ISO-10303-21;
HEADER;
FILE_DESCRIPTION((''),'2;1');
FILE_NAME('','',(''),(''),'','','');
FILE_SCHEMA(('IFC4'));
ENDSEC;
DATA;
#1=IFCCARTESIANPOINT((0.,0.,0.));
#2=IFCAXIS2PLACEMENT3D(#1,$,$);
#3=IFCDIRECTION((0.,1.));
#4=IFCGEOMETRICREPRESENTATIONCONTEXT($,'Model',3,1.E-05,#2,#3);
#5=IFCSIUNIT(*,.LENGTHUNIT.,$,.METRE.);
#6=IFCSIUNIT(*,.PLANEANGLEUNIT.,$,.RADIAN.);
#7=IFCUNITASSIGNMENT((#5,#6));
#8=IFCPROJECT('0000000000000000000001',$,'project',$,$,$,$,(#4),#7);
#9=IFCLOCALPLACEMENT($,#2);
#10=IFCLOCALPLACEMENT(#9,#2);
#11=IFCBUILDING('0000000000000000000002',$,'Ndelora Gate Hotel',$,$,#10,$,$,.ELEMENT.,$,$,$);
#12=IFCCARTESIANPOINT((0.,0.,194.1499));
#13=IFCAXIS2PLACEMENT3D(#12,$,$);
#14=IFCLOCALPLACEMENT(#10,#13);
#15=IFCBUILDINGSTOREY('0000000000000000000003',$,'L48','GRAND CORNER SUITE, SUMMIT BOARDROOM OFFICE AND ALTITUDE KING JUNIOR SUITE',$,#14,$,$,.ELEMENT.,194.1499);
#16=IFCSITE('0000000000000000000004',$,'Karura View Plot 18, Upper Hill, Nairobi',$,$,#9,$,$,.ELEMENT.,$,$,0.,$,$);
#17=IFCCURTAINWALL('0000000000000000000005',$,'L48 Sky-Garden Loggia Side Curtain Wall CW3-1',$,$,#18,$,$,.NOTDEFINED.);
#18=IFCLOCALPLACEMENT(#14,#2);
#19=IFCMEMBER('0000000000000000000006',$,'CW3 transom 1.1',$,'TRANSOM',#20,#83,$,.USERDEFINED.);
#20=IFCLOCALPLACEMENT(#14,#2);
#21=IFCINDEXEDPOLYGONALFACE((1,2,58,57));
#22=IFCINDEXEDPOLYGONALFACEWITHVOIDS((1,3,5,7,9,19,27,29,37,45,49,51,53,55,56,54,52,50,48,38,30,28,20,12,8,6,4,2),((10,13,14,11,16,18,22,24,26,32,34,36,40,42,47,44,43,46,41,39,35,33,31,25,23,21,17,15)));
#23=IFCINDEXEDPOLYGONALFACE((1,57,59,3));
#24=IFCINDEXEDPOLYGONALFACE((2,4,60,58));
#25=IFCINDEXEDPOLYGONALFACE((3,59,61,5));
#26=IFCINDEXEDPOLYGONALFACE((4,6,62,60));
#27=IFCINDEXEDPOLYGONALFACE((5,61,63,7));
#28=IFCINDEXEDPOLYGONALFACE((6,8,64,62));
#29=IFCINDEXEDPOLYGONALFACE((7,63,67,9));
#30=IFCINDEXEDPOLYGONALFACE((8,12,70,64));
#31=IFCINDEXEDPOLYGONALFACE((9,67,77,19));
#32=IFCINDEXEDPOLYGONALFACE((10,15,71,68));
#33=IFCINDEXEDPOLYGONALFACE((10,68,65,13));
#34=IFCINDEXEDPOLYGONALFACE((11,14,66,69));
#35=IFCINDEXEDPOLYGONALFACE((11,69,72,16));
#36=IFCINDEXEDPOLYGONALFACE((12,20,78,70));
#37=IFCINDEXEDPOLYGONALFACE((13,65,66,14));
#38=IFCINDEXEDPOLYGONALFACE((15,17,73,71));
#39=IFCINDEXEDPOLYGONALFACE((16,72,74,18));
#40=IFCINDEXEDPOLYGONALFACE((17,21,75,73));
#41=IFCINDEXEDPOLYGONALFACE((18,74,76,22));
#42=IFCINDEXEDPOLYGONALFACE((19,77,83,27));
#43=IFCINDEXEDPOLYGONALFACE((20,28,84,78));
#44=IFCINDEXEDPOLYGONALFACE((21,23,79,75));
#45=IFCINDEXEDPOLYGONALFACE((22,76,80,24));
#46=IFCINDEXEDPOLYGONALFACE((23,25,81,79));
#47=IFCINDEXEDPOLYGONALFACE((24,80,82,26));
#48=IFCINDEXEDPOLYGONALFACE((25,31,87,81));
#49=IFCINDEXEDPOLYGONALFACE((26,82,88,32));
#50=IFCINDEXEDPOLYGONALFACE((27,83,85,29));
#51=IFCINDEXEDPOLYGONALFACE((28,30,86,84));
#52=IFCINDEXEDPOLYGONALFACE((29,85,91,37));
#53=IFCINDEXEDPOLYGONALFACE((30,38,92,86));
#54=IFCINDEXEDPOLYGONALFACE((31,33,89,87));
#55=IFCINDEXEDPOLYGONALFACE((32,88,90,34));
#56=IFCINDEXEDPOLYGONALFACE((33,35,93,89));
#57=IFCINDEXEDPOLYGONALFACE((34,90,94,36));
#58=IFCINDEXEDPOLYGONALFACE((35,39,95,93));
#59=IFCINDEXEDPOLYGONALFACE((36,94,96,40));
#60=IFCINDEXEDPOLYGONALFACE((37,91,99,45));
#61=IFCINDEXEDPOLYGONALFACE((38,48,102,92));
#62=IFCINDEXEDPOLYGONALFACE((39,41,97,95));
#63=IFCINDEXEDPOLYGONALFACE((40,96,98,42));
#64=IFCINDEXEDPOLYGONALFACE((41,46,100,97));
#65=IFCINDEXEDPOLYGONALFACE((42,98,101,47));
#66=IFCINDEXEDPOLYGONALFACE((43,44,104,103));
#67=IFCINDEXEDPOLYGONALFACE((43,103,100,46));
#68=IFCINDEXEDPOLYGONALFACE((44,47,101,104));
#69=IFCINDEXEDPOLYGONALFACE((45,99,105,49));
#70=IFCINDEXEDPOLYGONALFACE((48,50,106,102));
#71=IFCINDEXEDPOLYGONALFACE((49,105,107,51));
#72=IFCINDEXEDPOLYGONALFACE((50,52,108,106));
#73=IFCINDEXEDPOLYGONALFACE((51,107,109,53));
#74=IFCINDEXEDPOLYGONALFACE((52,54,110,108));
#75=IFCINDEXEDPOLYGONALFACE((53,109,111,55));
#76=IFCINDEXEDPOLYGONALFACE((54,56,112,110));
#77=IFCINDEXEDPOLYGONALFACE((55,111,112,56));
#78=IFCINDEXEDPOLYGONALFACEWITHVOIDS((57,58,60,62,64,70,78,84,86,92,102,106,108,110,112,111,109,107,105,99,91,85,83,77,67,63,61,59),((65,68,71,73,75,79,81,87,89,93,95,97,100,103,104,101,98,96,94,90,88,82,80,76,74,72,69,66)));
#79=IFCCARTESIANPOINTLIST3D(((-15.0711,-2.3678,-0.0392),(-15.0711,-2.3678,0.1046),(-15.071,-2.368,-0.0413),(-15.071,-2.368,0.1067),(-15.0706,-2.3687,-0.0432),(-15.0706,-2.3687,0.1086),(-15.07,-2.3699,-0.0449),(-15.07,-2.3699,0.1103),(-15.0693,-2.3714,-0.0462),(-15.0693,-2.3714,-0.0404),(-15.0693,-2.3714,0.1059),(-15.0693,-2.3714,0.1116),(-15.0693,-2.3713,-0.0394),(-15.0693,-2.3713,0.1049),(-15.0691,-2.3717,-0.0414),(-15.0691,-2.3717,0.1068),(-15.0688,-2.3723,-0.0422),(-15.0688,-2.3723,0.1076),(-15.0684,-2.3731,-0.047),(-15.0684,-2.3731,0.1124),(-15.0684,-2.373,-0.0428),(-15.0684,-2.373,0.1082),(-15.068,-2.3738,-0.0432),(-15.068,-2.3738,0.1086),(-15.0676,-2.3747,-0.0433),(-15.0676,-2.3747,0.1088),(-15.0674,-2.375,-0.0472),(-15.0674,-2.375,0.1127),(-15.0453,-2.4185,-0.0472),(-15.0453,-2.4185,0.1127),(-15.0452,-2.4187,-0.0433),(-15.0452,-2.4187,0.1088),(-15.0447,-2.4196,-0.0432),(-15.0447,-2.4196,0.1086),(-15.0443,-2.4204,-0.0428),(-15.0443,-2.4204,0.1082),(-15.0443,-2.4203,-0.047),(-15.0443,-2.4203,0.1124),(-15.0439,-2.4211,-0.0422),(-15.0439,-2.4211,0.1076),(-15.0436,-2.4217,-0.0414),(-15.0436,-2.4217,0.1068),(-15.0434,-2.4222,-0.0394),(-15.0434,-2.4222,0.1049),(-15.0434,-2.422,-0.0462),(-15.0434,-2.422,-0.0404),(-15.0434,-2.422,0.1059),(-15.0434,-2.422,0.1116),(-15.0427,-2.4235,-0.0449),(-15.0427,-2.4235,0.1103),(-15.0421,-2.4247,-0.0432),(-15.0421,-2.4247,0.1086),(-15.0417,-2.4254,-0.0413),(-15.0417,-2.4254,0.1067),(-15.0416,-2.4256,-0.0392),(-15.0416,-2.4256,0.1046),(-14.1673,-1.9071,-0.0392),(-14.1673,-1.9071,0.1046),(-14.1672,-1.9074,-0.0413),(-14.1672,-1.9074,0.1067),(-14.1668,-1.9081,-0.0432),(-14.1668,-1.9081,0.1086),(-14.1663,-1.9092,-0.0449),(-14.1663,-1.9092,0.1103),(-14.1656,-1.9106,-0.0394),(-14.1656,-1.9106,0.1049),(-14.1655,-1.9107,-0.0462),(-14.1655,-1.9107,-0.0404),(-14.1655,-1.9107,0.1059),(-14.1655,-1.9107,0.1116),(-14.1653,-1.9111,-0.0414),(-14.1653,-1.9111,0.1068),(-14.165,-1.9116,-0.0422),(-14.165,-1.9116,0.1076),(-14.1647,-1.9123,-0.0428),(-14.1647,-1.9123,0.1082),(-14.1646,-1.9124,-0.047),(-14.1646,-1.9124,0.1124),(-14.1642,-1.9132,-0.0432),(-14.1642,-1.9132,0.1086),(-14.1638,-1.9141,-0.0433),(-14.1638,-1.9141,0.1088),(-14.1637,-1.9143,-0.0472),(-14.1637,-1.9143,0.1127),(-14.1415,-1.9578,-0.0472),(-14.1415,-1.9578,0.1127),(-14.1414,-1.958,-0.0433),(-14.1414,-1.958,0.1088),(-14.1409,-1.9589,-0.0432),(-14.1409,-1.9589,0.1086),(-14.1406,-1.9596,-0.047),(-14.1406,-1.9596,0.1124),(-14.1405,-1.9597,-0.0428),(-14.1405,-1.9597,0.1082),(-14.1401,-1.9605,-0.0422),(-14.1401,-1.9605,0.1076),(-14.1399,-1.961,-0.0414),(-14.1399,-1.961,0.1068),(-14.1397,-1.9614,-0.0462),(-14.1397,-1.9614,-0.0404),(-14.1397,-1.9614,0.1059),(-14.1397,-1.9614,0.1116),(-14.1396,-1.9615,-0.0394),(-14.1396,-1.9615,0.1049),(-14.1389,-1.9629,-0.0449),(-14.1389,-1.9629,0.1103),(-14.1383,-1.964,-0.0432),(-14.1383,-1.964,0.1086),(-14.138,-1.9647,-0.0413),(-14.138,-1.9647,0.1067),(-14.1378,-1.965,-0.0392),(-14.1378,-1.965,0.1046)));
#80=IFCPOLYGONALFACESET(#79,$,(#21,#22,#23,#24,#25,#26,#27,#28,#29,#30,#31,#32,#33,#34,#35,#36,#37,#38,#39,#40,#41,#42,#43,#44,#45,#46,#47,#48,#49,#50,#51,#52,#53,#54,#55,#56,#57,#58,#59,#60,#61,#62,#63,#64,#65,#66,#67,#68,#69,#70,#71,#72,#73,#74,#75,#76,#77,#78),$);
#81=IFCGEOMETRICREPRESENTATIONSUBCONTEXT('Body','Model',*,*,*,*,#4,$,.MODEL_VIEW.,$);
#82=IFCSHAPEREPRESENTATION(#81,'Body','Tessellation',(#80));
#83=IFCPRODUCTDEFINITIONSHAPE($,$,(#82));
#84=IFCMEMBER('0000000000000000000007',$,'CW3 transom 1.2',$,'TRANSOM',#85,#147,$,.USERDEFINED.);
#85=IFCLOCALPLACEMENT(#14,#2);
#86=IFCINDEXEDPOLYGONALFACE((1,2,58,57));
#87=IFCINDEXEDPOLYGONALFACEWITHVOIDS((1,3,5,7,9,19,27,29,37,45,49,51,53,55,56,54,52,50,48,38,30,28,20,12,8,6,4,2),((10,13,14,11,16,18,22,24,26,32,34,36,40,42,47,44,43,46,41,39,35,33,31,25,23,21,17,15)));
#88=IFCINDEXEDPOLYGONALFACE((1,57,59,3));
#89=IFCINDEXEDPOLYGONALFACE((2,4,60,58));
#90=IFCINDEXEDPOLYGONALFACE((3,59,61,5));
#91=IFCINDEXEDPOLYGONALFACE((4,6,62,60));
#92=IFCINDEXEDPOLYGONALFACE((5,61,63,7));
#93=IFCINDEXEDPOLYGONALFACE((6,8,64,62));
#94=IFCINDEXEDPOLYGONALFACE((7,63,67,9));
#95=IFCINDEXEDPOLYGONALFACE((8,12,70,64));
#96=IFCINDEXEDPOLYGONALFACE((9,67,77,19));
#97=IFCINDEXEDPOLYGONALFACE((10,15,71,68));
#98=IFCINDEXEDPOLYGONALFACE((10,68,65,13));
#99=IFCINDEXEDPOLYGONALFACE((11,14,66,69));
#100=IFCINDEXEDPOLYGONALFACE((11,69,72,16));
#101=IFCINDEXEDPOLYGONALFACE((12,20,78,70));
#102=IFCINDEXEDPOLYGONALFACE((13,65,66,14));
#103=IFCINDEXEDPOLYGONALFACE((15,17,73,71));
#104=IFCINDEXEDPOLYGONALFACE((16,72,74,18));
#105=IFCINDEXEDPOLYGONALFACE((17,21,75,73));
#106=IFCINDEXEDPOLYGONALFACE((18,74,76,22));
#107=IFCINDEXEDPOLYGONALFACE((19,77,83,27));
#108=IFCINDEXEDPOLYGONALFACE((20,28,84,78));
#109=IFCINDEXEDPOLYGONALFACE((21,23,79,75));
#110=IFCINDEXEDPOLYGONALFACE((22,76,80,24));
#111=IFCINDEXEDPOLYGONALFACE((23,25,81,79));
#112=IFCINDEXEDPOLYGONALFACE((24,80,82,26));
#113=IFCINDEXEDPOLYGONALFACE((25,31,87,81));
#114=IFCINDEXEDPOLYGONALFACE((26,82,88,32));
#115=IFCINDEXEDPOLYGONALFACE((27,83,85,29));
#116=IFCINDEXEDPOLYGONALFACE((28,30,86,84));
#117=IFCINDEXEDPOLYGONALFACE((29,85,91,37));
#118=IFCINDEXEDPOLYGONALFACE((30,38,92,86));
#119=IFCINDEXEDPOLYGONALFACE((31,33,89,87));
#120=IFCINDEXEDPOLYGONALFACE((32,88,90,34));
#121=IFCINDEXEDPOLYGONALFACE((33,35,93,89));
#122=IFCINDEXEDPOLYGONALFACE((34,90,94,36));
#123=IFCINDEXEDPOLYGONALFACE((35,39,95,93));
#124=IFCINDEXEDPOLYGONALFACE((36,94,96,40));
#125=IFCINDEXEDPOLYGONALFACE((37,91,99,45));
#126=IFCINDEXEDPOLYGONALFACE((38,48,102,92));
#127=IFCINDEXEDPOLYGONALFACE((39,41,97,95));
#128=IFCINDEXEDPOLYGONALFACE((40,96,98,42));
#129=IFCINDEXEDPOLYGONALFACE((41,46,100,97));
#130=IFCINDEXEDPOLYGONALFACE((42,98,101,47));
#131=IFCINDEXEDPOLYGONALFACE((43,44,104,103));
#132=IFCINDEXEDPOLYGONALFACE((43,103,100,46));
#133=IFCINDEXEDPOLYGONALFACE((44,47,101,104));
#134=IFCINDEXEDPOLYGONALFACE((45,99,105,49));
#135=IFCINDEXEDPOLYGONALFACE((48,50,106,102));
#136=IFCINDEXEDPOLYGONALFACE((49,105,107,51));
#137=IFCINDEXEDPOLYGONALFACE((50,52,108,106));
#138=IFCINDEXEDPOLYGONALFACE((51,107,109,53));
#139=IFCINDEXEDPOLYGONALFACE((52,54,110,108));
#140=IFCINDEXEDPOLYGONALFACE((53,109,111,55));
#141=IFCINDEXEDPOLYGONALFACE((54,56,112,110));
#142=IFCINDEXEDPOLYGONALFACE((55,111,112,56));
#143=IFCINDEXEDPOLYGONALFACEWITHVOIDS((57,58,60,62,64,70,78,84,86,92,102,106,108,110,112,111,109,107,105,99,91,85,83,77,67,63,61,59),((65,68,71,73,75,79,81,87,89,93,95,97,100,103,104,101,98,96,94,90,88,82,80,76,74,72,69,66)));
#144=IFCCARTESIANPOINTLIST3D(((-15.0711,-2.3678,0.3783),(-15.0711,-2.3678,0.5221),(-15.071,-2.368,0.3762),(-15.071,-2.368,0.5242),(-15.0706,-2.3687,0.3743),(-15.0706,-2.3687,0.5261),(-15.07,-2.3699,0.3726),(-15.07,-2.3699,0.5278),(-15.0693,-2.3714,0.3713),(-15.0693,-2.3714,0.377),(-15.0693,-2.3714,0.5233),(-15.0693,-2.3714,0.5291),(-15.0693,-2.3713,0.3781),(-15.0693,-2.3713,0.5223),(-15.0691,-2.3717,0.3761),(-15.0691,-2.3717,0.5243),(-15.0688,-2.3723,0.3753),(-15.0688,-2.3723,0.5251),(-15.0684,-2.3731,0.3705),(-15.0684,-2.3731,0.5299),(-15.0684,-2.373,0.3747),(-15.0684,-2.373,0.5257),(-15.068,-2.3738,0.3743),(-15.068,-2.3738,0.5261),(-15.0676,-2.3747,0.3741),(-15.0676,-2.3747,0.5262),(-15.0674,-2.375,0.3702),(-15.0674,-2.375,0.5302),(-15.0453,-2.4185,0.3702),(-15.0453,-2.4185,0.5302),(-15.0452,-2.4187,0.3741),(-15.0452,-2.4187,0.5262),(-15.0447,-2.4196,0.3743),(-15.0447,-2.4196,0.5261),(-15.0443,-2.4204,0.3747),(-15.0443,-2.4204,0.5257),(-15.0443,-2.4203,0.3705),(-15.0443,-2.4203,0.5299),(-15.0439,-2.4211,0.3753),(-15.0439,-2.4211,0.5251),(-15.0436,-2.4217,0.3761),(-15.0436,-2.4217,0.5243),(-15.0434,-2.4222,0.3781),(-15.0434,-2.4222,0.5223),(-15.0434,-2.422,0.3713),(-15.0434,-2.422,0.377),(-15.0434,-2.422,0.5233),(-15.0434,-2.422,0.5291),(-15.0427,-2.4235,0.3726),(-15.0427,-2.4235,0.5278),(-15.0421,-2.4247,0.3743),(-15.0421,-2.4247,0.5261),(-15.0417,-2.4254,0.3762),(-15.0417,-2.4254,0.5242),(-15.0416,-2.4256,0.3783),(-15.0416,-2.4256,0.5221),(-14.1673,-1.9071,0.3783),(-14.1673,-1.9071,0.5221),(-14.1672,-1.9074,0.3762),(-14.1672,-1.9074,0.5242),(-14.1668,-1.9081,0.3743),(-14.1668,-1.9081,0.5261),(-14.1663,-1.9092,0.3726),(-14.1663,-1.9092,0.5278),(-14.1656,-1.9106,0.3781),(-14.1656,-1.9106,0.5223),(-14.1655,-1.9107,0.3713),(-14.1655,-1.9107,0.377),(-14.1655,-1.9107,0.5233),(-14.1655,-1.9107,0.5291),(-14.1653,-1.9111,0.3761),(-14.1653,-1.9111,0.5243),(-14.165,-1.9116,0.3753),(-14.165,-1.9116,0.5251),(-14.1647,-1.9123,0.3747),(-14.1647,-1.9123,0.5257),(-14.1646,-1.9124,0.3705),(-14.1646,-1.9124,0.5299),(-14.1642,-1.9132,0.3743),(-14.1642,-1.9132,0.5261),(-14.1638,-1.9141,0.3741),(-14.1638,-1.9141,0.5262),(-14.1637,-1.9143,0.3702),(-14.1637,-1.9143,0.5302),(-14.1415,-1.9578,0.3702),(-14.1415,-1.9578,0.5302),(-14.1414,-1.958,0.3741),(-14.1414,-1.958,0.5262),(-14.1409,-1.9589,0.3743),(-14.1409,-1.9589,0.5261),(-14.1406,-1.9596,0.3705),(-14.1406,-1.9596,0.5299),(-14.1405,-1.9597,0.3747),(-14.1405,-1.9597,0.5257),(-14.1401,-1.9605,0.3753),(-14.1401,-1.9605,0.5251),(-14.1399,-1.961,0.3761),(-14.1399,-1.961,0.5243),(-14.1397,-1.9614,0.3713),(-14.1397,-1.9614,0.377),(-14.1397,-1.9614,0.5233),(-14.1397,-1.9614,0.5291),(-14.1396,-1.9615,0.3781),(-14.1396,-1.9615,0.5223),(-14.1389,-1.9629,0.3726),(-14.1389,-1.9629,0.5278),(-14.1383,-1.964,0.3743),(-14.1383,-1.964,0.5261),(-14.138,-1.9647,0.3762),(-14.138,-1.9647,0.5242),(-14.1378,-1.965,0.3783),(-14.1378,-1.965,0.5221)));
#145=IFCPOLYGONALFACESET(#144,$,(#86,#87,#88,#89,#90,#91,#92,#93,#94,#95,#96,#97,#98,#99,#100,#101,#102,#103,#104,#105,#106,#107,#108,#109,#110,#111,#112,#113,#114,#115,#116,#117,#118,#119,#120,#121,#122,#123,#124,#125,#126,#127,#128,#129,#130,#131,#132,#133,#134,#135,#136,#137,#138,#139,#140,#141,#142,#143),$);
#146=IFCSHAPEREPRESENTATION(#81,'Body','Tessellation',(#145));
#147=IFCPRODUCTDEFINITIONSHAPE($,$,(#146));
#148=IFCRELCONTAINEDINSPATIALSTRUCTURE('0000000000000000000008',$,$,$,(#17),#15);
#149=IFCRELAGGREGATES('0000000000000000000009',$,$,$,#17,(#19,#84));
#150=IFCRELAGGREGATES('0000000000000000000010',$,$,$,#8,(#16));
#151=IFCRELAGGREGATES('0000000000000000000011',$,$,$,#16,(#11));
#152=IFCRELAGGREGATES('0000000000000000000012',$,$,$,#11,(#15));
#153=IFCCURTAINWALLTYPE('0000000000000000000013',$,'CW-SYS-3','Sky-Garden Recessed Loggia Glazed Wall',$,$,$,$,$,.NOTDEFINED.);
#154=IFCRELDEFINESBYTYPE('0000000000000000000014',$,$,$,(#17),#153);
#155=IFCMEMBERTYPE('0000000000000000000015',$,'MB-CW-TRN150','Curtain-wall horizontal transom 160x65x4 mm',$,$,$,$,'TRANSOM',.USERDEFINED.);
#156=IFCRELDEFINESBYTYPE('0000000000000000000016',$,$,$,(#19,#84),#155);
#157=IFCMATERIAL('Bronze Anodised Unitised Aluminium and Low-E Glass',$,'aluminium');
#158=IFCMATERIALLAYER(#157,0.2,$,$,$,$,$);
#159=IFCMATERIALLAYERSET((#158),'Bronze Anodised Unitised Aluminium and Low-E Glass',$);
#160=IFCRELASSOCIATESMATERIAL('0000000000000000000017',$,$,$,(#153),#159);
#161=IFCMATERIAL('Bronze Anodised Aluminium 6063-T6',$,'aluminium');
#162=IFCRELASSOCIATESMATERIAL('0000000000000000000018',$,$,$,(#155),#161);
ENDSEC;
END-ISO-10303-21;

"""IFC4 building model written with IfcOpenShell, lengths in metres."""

from ifc_helpers import new_model, si_unit, direction, frame, origin, origin_2d, place, context, subcontext, project, spatial, hollow_rectangle, extrude, material, layer, layer_set, material_profile, profile_set, type_object, element, aggregate, save


model = new_model("IFC4")

# Units and contexts
model_context = context("Model", 3, precision=1e-05, world=origin(), true_north=direction((0.0, 1.0)))
body_context = subcontext(model_context, "Body", "Model", "MODEL_VIEW")
ifc_project = project(units=[si_unit("LENGTHUNIT", "METRE"), si_unit("PLANEANGLEUNIT", "RADIAN")], contexts=[model_context])

# Site, building, storey
site_placement = place(None, origin())
site = spatial("IfcSite", under=ifc_project, at=site_placement, Name="Karura View Plot 18, Upper Hill, Nairobi", CompositionType="ELEMENT", RefElevation=0.0)
building_placement = place(site_placement, origin())
building = spatial("IfcBuilding", under=site, at=building_placement, Name="Ndelora Gate Hotel", CompositionType="ELEMENT")
storey_placement = place(building_placement, frame((0.0, 0.0, 194.1499)))
storey = spatial("IfcBuildingStorey", under=building, at=storey_placement, Name="L48", Description="GRAND CORNER SUITE, SUMMIT BOARDROOM OFFICE AND ALTITUDE KING JUNIOR SUITE", CompositionType="ELEMENT", Elevation=194.1499)

# Curtain wall, members
ifc_material_1 = material(Name="Bronze Anodised Unitised Aluminium and Low-E Glass", Category="aluminium")
ifc_layer_1 = layer(ifc_material_1, 0.2)
ifc_layer_set_1 = layer_set([ifc_layer_1], Name="Bronze Anodised Unitised Aluminium and Low-E Glass")
curtain_wall_type = type_object("IfcCurtainWallType", Name="CW-SYS-3", Description="Sky-Garden Recessed Loggia Glazed Wall", PredefinedType="NOTDEFINED", material=ifc_layer_set_1)
curtain_wall_placement = place(storey_placement, origin())
curtain_wall = element("IfcCurtainWall", 1, at=curtain_wall_placement, inside=storey, type_object=curtain_wall_type, Name="L48 Sky-Garden Loggia Side Curtain Wall CW3-1", PredefinedType="NOTDEFINED")
ifc_material_2 = material(Name="Bronze Anodised Aluminium 6063-T6", Category="aluminium")
ifc_material_profile_1 = material_profile(ifc_material_2, hollow_rectangle(XDim=0.0649, YDim=0.1599, WallThickness=0.0039, InnerFilletRadius=0.0039, OuterFilletRadius=0.0081, at=origin_2d()), Name="ALU 160x65x4")
ifc_profile_set_1 = profile_set([ifc_material_profile_1], Name="Bronze Anodised Aluminium 6063-T6")
member_type_1 = type_object("IfcMemberType", Name="MB-CW-TRN150", Description="Curtain-wall horizontal transom 160x65x4 mm", ElementType="TRANSOM", PredefinedType="USERDEFINED", material=ifc_profile_set_1)
member_1_placement = place(storey_placement, frame((-14.1526, -1.936, 0.0327), z_axis=(-0.890935, -0.454131, 0.0), x_axis=(0.454131, -0.890935, 0.0)))
member_1 = element("IfcMember", 2, at=member_1_placement, type_object=member_type_1, Name="CW3 transom 1.1", ObjectType="TRANSOM", PredefinedType="USERDEFINED", context=body_context, shape_type="SweptSolid", body=[
    extrude(hollow_rectangle(XDim=0.0649, YDim=0.1599, WallThickness=0.0039, InnerFilletRadius=0.0039, OuterFilletRadius=0.0081, at=origin_2d()), origin(), (0.0, 0.0, 1.0), 1.0144),
])
member_2_placement = place(storey_placement, frame((-14.1526, -1.936, 0.4502), z_axis=(-0.890935, -0.454131, 0.0), x_axis=(0.454131, -0.890935, 0.0)))
member_2 = element("IfcMember", 3, at=member_2_placement, type_object=member_type_1, Name="CW3 transom 1.2", ObjectType="TRANSOM", PredefinedType="USERDEFINED", context=body_context, shape_type="SweptSolid", body=[
    extrude(hollow_rectangle(XDim=0.0649, YDim=0.1599, WallThickness=0.0039, InnerFilletRadius=0.0039, OuterFilletRadius=0.0081, at=origin_2d()), origin(), (0.0, 0.0, 1.0), 1.0144),
])
aggregate(curtain_wall, [member_1, member_2])

save(model, "model.ifc")
